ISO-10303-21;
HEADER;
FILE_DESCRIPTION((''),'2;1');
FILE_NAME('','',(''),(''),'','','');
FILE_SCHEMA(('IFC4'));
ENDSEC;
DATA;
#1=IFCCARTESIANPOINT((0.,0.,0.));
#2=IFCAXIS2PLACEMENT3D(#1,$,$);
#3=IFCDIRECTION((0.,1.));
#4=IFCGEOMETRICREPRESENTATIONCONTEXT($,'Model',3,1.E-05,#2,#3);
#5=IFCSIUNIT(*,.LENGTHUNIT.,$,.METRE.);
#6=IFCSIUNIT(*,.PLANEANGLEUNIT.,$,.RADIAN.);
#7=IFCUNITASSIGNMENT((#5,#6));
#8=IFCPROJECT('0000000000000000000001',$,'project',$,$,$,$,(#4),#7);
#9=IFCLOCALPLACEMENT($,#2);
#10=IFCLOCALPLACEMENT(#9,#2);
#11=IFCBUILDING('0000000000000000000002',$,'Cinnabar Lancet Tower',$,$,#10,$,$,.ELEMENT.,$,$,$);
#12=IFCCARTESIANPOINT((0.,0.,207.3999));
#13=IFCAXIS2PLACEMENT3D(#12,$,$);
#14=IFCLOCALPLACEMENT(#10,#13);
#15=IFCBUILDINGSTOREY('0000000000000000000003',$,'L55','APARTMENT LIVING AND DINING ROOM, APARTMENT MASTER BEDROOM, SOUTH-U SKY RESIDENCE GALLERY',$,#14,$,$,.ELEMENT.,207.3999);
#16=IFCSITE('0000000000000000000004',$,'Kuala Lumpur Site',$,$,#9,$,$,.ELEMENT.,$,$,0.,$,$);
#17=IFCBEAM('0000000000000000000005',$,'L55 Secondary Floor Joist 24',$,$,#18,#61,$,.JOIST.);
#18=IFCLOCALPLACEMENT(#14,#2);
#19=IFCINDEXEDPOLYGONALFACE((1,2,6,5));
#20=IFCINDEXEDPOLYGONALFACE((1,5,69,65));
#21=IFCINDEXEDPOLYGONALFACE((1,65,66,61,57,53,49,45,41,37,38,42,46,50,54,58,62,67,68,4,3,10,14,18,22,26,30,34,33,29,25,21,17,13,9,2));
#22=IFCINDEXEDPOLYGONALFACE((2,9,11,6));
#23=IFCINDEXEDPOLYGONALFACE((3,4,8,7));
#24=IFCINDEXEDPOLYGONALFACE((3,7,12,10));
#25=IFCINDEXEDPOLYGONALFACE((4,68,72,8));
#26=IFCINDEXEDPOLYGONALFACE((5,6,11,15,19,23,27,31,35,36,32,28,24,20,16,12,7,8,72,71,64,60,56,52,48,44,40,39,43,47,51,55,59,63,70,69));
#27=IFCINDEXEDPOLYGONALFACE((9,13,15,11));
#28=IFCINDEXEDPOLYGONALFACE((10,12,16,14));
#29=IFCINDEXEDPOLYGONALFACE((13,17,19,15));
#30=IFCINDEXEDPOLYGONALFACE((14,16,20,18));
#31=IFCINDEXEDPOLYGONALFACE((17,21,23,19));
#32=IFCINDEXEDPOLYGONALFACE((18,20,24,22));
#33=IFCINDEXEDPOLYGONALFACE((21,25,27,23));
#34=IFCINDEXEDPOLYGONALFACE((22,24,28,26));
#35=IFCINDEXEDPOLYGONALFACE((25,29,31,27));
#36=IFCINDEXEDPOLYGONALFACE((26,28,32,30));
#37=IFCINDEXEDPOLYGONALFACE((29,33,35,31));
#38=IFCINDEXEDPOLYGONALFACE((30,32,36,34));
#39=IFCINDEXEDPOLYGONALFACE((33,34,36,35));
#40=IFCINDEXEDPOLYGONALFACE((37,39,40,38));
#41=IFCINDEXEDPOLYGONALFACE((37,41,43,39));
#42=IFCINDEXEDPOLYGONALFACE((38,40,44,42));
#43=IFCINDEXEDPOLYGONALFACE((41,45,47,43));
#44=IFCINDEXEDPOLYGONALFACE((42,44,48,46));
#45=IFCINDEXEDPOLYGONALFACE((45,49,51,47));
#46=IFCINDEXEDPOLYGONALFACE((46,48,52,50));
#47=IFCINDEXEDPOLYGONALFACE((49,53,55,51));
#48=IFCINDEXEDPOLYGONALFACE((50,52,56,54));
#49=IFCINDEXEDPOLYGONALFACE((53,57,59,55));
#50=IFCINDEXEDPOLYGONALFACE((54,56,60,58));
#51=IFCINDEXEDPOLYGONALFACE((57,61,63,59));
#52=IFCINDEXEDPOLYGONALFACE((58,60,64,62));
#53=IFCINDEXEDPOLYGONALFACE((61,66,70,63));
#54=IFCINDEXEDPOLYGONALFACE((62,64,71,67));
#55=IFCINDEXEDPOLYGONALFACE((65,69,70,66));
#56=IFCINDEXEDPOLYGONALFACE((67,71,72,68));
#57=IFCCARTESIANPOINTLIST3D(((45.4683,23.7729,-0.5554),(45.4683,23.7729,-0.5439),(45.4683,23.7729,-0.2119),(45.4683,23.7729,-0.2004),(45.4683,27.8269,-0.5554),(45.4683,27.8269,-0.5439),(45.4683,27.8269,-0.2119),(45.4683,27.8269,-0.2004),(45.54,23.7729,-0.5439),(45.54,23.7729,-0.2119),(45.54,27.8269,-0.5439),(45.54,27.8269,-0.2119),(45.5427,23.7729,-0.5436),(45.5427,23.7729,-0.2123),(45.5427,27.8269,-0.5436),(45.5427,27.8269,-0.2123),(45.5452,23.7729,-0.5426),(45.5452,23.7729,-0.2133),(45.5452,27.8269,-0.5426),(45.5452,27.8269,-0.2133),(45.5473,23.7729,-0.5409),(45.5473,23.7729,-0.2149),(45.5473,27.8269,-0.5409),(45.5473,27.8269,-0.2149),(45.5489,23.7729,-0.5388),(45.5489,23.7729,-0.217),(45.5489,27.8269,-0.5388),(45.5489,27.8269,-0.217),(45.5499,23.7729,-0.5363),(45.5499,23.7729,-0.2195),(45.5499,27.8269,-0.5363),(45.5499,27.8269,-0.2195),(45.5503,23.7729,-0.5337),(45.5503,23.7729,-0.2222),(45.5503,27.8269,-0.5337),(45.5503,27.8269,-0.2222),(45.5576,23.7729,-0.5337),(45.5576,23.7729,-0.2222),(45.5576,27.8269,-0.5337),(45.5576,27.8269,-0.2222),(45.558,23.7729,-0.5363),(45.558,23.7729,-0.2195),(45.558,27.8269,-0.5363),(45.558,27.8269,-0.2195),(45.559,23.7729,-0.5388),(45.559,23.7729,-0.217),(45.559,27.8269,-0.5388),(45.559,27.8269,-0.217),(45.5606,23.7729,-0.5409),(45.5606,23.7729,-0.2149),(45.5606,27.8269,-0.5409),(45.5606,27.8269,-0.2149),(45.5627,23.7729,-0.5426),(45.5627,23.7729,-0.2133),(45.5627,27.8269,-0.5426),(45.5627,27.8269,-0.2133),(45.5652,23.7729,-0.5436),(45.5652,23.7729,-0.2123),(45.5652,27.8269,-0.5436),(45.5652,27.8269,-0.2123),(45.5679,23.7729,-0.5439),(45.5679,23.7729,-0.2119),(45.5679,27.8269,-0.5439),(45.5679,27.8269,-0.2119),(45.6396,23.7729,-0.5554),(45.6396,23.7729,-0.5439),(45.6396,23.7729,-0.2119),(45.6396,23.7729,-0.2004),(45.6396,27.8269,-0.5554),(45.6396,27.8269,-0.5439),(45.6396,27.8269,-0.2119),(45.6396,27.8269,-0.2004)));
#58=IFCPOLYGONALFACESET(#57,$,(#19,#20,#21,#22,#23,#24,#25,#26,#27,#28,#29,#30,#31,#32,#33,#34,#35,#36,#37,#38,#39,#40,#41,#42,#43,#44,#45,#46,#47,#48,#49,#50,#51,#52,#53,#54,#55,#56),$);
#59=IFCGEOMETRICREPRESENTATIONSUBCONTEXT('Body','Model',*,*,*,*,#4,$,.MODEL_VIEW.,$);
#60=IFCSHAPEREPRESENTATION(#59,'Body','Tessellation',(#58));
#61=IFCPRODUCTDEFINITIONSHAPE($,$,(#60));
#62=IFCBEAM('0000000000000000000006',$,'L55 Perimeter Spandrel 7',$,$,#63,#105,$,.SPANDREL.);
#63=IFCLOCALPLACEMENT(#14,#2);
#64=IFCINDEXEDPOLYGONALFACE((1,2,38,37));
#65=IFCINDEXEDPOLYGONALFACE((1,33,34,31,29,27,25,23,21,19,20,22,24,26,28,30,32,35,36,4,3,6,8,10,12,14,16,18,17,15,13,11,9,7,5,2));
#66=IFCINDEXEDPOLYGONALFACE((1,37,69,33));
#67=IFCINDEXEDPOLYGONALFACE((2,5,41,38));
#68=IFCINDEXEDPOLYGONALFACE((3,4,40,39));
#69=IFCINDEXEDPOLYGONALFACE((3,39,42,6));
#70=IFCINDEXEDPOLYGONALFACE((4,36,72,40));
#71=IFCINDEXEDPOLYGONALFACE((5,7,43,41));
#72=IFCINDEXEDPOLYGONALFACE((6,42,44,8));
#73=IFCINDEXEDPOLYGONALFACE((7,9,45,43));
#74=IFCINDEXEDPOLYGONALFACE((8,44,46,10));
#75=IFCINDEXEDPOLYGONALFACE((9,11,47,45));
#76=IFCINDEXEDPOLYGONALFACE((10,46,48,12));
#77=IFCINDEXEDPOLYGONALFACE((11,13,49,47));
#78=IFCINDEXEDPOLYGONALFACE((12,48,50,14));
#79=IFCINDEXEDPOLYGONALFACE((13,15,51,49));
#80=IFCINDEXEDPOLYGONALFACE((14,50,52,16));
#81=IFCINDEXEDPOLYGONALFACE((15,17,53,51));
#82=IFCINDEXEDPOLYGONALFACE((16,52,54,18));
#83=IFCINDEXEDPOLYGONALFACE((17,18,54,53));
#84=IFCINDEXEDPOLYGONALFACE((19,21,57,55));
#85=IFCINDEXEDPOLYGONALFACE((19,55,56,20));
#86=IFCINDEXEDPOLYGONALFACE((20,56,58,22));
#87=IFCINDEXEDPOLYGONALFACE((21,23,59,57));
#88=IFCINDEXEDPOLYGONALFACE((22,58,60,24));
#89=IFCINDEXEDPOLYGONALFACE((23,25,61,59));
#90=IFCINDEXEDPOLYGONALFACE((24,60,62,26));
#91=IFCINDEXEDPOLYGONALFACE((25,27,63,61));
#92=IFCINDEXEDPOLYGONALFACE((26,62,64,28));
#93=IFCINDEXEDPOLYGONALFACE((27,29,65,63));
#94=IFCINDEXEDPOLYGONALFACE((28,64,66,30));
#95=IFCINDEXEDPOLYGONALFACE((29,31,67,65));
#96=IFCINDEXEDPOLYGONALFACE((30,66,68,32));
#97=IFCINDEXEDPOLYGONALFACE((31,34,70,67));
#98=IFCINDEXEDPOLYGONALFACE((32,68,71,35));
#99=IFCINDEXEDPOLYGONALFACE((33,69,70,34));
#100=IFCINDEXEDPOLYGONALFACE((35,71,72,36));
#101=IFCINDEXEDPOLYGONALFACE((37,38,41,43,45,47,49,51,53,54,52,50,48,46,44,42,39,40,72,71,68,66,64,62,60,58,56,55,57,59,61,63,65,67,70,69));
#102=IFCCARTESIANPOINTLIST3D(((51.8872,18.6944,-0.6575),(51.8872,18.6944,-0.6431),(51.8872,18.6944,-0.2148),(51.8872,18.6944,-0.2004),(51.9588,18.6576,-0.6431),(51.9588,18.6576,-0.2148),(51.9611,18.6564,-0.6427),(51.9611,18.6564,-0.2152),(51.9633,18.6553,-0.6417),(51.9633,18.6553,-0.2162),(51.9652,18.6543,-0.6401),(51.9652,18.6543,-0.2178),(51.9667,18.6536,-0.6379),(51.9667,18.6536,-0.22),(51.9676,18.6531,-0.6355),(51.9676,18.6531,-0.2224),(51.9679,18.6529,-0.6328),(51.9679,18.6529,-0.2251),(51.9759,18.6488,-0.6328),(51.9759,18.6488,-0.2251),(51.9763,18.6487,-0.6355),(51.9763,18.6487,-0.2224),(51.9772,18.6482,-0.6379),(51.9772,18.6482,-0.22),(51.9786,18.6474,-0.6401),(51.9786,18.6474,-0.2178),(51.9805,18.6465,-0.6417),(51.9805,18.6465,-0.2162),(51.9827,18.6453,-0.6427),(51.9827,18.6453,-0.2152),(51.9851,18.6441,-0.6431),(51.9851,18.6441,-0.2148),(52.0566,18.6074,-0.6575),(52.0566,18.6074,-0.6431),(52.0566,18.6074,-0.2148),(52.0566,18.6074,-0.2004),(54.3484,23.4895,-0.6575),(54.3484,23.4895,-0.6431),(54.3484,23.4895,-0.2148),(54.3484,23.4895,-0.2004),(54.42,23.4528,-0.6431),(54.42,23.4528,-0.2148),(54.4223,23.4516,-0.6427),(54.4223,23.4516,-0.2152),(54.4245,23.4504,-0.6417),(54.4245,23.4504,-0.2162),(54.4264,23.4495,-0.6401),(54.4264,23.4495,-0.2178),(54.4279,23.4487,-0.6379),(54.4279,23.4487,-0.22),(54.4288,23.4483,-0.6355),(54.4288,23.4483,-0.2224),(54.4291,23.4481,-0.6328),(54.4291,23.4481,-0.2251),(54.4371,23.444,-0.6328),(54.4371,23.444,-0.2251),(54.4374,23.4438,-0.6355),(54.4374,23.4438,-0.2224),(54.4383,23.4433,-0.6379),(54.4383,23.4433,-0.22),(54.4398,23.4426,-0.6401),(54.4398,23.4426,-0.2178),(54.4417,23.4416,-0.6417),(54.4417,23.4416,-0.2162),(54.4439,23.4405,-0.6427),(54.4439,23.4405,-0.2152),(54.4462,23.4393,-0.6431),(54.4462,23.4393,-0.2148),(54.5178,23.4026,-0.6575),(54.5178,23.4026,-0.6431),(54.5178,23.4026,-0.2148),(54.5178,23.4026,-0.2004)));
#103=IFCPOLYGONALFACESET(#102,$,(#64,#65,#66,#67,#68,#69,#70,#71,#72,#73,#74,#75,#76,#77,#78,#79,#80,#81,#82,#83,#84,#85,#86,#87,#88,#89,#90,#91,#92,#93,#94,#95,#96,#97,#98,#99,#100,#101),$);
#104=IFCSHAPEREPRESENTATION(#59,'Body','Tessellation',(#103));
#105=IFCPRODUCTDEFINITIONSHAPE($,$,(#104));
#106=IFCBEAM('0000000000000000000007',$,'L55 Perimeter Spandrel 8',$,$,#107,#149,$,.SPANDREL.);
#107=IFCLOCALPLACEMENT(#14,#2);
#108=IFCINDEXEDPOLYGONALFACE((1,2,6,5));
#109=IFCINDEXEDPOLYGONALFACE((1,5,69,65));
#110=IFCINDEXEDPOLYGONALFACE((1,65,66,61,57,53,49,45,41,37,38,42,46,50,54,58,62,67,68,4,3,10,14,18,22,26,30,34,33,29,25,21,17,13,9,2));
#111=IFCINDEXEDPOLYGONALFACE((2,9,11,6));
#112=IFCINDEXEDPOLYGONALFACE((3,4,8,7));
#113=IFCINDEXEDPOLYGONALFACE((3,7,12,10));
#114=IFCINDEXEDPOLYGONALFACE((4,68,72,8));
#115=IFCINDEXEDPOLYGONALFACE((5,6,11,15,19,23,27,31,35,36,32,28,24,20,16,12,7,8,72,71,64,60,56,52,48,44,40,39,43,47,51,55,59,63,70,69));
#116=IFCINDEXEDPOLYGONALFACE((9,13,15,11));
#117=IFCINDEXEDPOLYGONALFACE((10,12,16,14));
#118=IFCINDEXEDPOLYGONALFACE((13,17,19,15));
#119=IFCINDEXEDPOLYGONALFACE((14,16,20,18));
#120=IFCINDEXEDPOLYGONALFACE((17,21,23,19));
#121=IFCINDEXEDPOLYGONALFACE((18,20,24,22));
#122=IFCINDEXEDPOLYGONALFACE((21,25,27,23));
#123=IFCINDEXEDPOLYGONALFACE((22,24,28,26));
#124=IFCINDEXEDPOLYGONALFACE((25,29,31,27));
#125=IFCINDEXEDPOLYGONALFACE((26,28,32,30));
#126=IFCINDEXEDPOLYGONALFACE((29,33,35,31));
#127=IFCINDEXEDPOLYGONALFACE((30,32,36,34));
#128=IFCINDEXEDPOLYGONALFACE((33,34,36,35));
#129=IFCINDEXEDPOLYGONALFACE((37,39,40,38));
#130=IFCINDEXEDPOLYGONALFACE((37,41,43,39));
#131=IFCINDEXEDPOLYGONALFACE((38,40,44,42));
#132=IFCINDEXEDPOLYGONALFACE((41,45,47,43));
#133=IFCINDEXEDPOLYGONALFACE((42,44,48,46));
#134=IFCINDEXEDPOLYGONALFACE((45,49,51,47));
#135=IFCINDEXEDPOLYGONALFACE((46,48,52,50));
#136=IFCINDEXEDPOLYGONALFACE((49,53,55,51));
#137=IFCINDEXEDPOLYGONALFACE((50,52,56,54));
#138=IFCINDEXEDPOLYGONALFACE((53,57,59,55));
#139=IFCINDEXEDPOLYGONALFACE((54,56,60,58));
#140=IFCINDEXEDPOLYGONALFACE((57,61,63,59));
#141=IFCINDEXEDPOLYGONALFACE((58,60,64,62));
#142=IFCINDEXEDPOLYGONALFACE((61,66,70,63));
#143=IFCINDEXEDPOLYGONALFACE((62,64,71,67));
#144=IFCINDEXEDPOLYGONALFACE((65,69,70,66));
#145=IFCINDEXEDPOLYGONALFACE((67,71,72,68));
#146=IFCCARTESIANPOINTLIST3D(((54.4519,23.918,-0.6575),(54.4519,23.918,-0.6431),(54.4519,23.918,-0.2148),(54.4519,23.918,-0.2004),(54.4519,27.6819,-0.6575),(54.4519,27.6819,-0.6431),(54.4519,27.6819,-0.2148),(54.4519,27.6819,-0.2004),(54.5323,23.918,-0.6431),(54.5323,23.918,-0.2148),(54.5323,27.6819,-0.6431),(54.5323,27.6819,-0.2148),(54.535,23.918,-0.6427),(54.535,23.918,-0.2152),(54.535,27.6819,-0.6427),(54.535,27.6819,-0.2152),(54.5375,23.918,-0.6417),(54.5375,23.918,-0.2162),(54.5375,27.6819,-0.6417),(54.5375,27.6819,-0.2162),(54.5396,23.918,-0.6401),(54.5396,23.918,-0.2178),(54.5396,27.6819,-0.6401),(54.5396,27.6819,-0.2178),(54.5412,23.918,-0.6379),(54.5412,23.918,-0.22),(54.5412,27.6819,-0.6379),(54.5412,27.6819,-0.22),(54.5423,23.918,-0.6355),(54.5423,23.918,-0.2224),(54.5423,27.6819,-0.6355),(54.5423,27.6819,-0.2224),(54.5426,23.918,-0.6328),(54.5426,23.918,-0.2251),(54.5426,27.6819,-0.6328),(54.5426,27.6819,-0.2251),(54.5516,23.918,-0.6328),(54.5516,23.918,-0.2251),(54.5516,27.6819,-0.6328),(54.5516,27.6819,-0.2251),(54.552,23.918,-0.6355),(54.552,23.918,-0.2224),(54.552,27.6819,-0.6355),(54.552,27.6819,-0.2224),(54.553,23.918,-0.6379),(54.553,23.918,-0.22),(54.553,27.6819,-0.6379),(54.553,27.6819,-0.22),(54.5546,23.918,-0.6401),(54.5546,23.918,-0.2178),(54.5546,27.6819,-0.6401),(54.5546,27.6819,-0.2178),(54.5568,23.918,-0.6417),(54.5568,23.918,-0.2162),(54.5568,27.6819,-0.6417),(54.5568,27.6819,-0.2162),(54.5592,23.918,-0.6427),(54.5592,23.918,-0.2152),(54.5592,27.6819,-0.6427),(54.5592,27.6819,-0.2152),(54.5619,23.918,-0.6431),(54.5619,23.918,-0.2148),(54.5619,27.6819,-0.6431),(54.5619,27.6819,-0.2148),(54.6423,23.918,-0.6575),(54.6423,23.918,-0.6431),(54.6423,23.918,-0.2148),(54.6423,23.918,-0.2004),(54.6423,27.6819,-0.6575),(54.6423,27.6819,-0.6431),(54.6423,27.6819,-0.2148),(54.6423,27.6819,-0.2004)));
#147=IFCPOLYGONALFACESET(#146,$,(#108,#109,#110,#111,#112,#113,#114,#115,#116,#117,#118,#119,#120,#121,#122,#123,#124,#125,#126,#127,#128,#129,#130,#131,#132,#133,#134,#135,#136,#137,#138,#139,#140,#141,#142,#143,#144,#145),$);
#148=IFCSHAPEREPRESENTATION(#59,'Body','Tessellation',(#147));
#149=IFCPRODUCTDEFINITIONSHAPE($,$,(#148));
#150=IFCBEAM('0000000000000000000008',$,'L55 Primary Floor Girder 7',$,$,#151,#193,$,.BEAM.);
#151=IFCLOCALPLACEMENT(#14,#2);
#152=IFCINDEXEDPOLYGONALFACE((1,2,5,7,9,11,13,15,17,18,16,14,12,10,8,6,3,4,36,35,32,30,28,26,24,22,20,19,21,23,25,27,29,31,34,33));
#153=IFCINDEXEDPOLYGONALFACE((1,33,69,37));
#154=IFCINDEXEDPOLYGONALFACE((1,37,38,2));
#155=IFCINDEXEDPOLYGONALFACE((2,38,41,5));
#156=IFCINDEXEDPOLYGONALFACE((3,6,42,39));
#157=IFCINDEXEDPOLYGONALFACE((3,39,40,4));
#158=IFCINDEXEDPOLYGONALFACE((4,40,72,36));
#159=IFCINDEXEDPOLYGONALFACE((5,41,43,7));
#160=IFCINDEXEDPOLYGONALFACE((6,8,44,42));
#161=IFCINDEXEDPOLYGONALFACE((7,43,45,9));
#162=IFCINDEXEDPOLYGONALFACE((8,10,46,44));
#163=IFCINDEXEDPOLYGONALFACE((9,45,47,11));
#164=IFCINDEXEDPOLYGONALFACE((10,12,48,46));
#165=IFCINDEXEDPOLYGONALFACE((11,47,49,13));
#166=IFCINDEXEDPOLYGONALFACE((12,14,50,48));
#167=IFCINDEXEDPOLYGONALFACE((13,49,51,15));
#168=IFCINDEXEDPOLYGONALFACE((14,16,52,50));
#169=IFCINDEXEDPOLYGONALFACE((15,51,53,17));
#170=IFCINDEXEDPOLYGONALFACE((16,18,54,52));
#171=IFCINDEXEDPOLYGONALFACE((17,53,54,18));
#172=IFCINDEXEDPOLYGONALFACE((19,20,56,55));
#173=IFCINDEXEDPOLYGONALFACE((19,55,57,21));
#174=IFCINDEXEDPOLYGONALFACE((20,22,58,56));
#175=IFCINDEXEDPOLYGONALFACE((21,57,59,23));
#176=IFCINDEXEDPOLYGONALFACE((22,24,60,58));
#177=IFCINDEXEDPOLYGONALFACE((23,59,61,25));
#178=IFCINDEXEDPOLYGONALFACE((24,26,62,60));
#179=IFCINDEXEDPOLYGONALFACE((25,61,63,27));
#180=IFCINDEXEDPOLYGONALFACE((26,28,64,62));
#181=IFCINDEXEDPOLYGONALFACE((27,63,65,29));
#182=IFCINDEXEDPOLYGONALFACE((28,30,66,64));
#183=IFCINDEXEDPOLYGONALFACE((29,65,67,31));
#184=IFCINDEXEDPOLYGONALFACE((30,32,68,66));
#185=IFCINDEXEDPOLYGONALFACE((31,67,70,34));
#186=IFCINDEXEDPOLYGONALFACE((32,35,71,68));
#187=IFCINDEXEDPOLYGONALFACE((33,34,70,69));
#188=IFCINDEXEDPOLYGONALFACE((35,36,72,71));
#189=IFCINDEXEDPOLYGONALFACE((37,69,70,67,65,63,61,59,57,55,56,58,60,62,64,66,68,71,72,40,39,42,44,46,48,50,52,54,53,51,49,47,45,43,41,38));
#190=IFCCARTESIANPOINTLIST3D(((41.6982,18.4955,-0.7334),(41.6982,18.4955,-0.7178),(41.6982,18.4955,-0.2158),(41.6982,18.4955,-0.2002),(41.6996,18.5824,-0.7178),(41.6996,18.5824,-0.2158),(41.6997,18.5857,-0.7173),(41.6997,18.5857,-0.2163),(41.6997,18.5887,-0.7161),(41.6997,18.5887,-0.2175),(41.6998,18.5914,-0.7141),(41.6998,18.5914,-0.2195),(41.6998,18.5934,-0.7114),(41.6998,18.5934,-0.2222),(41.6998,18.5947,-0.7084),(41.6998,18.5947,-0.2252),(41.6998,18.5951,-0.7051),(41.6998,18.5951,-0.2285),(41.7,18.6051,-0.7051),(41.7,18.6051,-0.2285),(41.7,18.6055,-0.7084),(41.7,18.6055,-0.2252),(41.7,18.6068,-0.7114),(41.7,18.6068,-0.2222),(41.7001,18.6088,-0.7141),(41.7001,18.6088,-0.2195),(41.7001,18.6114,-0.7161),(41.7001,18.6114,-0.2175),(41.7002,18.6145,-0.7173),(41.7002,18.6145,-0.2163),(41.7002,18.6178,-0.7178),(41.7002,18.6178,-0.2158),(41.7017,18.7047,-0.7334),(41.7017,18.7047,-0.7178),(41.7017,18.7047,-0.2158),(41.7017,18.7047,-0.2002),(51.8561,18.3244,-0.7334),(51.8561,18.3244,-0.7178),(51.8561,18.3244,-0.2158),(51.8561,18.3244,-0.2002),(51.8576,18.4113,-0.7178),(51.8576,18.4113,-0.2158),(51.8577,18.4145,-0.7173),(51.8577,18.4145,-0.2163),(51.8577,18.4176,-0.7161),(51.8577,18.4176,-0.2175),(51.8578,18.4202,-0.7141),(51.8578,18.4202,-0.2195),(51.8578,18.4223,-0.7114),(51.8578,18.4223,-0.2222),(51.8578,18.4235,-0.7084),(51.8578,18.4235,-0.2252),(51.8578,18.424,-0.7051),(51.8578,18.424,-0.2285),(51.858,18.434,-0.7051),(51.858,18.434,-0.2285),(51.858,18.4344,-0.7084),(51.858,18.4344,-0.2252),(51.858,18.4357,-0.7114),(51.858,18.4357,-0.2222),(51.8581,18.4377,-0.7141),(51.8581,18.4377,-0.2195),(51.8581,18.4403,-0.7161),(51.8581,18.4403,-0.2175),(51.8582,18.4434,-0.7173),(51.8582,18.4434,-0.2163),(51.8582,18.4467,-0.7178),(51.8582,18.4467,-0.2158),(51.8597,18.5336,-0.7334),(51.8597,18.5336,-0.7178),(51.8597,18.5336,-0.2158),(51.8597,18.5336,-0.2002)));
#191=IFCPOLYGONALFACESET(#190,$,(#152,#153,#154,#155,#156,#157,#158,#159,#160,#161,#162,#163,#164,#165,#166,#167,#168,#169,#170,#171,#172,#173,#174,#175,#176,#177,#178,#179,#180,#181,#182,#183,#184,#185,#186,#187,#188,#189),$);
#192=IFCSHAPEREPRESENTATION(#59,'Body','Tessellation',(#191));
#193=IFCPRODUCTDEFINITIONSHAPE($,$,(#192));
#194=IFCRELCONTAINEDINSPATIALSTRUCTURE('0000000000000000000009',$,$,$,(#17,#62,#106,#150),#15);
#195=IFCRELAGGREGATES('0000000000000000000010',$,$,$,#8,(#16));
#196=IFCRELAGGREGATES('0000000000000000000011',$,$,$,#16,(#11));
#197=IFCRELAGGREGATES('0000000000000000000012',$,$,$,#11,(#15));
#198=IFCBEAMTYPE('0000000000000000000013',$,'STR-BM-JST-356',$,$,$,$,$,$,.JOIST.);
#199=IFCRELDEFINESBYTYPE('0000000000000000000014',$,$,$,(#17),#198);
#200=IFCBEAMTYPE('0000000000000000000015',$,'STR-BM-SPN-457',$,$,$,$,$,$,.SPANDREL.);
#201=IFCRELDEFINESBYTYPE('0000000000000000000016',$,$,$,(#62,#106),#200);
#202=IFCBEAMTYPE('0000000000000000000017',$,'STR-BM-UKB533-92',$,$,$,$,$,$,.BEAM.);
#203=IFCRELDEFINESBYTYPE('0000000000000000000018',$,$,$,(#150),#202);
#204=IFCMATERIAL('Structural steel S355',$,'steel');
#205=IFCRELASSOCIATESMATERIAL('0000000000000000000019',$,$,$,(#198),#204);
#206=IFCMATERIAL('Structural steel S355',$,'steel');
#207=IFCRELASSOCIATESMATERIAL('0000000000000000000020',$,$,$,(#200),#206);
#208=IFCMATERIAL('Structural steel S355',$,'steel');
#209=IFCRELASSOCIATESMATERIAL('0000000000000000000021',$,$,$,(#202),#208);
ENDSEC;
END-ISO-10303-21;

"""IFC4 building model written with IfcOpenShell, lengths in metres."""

from ifc_helpers import new_model, si_unit, direction, frame, origin, origin_2d, place, context, subcontext, project, spatial, i_section, extrude, material, material_profile, profile_set, type_object, element, save


model = new_model("IFC4")

# Units and contexts
model_context = context("Model", 3, precision=1e-05, world=origin(), true_north=direction((0.0, 1.0)))
body_context = subcontext(model_context, "Body", "Model", "MODEL_VIEW")
ifc_project = project(units=[si_unit("LENGTHUNIT", "METRE"), si_unit("PLANEANGLEUNIT", "RADIAN")], contexts=[model_context])

# Site, building, storey
site_placement = place(None, origin())
site = spatial("IfcSite", under=ifc_project, at=site_placement, Name="Kuala Lumpur Site", CompositionType="ELEMENT", RefElevation=0.0)
building_placement = place(site_placement, origin())
building = spatial("IfcBuilding", under=site, at=building_placement, Name="Cinnabar Lancet Tower", CompositionType="ELEMENT")
storey_placement = place(building_placement, frame((0.0, 0.0, 207.3999)))
storey = spatial("IfcBuildingStorey", under=building, at=storey_placement, Name="L55", Description="APARTMENT LIVING AND DINING ROOM, APARTMENT MASTER BEDROOM, SOUTH-U SKY RESIDENCE GALLERY", CompositionType="ELEMENT", Elevation=207.3999)

# Beams
ifc_material_1 = material(Name="Structural steel S355", Category="steel")
ifc_material_profile_1 = material_profile(ifc_material_1, i_section(OverallWidth=0.1714, OverallDepth=0.355, WebThickness=0.0073, FlangeThickness=0.0115, FilletRadius=0.0103, at=origin_2d()), Name="UKB 356x171x51")
ifc_profile_set_1 = profile_set([ifc_material_profile_1], Name="Structural steel S355")
beam_type_1 = type_object("IfcBeamType", Name="STR-BM-JST-356", PredefinedType="JOIST", material=ifc_profile_set_1)
for number, where, z_axis, x_axis, name in (
    (1, (45.554, 23.7729, -0.3779), (0.0, 1.0, 0.0), (-1.0, 0.0, 0.0), "L55 Secondary Floor Joist 24"),
):
    element("IfcBeam", number, at=place(storey_placement, frame(where, z_axis=z_axis, x_axis=x_axis)), inside=storey, type_object=beam_type_1, Name=name, PredefinedType="JOIST", context=body_context, shape_type="SweptSolid", body=[
        extrude(i_section(OverallWidth=0.1714, OverallDepth=0.355, WebThickness=0.0073, FlangeThickness=0.0115, FilletRadius=0.0103, at=origin_2d()), origin(), (0.0, 0.0, 1.0), 4.054),
    ])
ifc_material_2 = material(Name="Structural steel S355", Category="steel")
ifc_material_profile_2 = material_profile(ifc_material_2, i_section(OverallWidth=0.1904, OverallDepth=0.457, WebThickness=0.009, FlangeThickness=0.0144, FilletRadius=0.0103, at=origin_2d()), Name="UKB 457x191x74")
ifc_profile_set_2 = profile_set([ifc_material_profile_2], Name="Structural steel S355")
beam_type_2 = type_object("IfcBeamType", Name="STR-BM-SPN-457", PredefinedType="SPANDREL", material=ifc_profile_set_2)
beam_1_placement = place(storey_placement, frame((51.9719, 18.6509, -0.429), z_axis=(0.456628, 0.889658, 0.0), x_axis=(-0.889658, 0.456628, 0.0)))
element("IfcBeam", 2, at=beam_1_placement, inside=storey, type_object=beam_type_2, Name="L55 Perimeter Spandrel 7", PredefinedType="SPANDREL", context=body_context, shape_type="SweptSolid", body=[
    extrude(i_section(OverallWidth=0.1904, OverallDepth=0.457, WebThickness=0.009, FlangeThickness=0.0144, FilletRadius=0.0103, at=origin_2d()), origin(), (0.0, 0.0, 1.0), 5.3899),
])
beam_2_placement = place(storey_placement, frame((54.5471, 23.918, -0.429), z_axis=(0.0, 1.0, 0.0), x_axis=(-1.0, 0.0, 0.0)))
element("IfcBeam", 3, at=beam_2_placement, inside=storey, type_object=beam_type_2, Name="L55 Perimeter Spandrel 8", PredefinedType="SPANDREL", context=body_context, shape_type="SweptSolid", body=[
    extrude(i_section(OverallWidth=0.1904, OverallDepth=0.457, WebThickness=0.009, FlangeThickness=0.0144, FilletRadius=0.0103, at=origin_2d()), origin(), (0.0, 0.0, 1.0), 3.7639),
])
ifc_material_3 = material(Name="Structural steel S355", Category="steel")
ifc_material_profile_3 = material_profile(ifc_material_3, i_section(OverallWidth=0.2092, OverallDepth=0.5332, WebThickness=0.01, FlangeThickness=0.0156, FilletRadius=0.0127, at=origin_2d()), Name="UKB 533x210x92")
ifc_profile_set_3 = profile_set([ifc_material_profile_3], Name="Structural steel S355")
beam_type_3 = type_object("IfcBeamType", Name="STR-BM-UKB533-92", PredefinedType="BEAM", material=ifc_profile_set_3)
beam_3_placement = place(storey_placement, frame((51.8579, 18.429, -0.4668), z_axis=(-0.999858, 0.016846, 0.0), x_axis=(-0.016846, -0.999858, 0.0)))
element("IfcBeam", 4, at=beam_3_placement, inside=storey, type_object=beam_type_3, Name="L55 Primary Floor Girder 7", PredefinedType="BEAM", context=body_context, shape_type="SweptSolid", body=[
    extrude(i_section(OverallWidth=0.2092, OverallDepth=0.5332, WebThickness=0.01, FlangeThickness=0.0156, FilletRadius=0.0127, at=origin_2d()), origin(), (0.0, 0.0, 1.0), 10.1594),
])

save(model, "model.ifc")
